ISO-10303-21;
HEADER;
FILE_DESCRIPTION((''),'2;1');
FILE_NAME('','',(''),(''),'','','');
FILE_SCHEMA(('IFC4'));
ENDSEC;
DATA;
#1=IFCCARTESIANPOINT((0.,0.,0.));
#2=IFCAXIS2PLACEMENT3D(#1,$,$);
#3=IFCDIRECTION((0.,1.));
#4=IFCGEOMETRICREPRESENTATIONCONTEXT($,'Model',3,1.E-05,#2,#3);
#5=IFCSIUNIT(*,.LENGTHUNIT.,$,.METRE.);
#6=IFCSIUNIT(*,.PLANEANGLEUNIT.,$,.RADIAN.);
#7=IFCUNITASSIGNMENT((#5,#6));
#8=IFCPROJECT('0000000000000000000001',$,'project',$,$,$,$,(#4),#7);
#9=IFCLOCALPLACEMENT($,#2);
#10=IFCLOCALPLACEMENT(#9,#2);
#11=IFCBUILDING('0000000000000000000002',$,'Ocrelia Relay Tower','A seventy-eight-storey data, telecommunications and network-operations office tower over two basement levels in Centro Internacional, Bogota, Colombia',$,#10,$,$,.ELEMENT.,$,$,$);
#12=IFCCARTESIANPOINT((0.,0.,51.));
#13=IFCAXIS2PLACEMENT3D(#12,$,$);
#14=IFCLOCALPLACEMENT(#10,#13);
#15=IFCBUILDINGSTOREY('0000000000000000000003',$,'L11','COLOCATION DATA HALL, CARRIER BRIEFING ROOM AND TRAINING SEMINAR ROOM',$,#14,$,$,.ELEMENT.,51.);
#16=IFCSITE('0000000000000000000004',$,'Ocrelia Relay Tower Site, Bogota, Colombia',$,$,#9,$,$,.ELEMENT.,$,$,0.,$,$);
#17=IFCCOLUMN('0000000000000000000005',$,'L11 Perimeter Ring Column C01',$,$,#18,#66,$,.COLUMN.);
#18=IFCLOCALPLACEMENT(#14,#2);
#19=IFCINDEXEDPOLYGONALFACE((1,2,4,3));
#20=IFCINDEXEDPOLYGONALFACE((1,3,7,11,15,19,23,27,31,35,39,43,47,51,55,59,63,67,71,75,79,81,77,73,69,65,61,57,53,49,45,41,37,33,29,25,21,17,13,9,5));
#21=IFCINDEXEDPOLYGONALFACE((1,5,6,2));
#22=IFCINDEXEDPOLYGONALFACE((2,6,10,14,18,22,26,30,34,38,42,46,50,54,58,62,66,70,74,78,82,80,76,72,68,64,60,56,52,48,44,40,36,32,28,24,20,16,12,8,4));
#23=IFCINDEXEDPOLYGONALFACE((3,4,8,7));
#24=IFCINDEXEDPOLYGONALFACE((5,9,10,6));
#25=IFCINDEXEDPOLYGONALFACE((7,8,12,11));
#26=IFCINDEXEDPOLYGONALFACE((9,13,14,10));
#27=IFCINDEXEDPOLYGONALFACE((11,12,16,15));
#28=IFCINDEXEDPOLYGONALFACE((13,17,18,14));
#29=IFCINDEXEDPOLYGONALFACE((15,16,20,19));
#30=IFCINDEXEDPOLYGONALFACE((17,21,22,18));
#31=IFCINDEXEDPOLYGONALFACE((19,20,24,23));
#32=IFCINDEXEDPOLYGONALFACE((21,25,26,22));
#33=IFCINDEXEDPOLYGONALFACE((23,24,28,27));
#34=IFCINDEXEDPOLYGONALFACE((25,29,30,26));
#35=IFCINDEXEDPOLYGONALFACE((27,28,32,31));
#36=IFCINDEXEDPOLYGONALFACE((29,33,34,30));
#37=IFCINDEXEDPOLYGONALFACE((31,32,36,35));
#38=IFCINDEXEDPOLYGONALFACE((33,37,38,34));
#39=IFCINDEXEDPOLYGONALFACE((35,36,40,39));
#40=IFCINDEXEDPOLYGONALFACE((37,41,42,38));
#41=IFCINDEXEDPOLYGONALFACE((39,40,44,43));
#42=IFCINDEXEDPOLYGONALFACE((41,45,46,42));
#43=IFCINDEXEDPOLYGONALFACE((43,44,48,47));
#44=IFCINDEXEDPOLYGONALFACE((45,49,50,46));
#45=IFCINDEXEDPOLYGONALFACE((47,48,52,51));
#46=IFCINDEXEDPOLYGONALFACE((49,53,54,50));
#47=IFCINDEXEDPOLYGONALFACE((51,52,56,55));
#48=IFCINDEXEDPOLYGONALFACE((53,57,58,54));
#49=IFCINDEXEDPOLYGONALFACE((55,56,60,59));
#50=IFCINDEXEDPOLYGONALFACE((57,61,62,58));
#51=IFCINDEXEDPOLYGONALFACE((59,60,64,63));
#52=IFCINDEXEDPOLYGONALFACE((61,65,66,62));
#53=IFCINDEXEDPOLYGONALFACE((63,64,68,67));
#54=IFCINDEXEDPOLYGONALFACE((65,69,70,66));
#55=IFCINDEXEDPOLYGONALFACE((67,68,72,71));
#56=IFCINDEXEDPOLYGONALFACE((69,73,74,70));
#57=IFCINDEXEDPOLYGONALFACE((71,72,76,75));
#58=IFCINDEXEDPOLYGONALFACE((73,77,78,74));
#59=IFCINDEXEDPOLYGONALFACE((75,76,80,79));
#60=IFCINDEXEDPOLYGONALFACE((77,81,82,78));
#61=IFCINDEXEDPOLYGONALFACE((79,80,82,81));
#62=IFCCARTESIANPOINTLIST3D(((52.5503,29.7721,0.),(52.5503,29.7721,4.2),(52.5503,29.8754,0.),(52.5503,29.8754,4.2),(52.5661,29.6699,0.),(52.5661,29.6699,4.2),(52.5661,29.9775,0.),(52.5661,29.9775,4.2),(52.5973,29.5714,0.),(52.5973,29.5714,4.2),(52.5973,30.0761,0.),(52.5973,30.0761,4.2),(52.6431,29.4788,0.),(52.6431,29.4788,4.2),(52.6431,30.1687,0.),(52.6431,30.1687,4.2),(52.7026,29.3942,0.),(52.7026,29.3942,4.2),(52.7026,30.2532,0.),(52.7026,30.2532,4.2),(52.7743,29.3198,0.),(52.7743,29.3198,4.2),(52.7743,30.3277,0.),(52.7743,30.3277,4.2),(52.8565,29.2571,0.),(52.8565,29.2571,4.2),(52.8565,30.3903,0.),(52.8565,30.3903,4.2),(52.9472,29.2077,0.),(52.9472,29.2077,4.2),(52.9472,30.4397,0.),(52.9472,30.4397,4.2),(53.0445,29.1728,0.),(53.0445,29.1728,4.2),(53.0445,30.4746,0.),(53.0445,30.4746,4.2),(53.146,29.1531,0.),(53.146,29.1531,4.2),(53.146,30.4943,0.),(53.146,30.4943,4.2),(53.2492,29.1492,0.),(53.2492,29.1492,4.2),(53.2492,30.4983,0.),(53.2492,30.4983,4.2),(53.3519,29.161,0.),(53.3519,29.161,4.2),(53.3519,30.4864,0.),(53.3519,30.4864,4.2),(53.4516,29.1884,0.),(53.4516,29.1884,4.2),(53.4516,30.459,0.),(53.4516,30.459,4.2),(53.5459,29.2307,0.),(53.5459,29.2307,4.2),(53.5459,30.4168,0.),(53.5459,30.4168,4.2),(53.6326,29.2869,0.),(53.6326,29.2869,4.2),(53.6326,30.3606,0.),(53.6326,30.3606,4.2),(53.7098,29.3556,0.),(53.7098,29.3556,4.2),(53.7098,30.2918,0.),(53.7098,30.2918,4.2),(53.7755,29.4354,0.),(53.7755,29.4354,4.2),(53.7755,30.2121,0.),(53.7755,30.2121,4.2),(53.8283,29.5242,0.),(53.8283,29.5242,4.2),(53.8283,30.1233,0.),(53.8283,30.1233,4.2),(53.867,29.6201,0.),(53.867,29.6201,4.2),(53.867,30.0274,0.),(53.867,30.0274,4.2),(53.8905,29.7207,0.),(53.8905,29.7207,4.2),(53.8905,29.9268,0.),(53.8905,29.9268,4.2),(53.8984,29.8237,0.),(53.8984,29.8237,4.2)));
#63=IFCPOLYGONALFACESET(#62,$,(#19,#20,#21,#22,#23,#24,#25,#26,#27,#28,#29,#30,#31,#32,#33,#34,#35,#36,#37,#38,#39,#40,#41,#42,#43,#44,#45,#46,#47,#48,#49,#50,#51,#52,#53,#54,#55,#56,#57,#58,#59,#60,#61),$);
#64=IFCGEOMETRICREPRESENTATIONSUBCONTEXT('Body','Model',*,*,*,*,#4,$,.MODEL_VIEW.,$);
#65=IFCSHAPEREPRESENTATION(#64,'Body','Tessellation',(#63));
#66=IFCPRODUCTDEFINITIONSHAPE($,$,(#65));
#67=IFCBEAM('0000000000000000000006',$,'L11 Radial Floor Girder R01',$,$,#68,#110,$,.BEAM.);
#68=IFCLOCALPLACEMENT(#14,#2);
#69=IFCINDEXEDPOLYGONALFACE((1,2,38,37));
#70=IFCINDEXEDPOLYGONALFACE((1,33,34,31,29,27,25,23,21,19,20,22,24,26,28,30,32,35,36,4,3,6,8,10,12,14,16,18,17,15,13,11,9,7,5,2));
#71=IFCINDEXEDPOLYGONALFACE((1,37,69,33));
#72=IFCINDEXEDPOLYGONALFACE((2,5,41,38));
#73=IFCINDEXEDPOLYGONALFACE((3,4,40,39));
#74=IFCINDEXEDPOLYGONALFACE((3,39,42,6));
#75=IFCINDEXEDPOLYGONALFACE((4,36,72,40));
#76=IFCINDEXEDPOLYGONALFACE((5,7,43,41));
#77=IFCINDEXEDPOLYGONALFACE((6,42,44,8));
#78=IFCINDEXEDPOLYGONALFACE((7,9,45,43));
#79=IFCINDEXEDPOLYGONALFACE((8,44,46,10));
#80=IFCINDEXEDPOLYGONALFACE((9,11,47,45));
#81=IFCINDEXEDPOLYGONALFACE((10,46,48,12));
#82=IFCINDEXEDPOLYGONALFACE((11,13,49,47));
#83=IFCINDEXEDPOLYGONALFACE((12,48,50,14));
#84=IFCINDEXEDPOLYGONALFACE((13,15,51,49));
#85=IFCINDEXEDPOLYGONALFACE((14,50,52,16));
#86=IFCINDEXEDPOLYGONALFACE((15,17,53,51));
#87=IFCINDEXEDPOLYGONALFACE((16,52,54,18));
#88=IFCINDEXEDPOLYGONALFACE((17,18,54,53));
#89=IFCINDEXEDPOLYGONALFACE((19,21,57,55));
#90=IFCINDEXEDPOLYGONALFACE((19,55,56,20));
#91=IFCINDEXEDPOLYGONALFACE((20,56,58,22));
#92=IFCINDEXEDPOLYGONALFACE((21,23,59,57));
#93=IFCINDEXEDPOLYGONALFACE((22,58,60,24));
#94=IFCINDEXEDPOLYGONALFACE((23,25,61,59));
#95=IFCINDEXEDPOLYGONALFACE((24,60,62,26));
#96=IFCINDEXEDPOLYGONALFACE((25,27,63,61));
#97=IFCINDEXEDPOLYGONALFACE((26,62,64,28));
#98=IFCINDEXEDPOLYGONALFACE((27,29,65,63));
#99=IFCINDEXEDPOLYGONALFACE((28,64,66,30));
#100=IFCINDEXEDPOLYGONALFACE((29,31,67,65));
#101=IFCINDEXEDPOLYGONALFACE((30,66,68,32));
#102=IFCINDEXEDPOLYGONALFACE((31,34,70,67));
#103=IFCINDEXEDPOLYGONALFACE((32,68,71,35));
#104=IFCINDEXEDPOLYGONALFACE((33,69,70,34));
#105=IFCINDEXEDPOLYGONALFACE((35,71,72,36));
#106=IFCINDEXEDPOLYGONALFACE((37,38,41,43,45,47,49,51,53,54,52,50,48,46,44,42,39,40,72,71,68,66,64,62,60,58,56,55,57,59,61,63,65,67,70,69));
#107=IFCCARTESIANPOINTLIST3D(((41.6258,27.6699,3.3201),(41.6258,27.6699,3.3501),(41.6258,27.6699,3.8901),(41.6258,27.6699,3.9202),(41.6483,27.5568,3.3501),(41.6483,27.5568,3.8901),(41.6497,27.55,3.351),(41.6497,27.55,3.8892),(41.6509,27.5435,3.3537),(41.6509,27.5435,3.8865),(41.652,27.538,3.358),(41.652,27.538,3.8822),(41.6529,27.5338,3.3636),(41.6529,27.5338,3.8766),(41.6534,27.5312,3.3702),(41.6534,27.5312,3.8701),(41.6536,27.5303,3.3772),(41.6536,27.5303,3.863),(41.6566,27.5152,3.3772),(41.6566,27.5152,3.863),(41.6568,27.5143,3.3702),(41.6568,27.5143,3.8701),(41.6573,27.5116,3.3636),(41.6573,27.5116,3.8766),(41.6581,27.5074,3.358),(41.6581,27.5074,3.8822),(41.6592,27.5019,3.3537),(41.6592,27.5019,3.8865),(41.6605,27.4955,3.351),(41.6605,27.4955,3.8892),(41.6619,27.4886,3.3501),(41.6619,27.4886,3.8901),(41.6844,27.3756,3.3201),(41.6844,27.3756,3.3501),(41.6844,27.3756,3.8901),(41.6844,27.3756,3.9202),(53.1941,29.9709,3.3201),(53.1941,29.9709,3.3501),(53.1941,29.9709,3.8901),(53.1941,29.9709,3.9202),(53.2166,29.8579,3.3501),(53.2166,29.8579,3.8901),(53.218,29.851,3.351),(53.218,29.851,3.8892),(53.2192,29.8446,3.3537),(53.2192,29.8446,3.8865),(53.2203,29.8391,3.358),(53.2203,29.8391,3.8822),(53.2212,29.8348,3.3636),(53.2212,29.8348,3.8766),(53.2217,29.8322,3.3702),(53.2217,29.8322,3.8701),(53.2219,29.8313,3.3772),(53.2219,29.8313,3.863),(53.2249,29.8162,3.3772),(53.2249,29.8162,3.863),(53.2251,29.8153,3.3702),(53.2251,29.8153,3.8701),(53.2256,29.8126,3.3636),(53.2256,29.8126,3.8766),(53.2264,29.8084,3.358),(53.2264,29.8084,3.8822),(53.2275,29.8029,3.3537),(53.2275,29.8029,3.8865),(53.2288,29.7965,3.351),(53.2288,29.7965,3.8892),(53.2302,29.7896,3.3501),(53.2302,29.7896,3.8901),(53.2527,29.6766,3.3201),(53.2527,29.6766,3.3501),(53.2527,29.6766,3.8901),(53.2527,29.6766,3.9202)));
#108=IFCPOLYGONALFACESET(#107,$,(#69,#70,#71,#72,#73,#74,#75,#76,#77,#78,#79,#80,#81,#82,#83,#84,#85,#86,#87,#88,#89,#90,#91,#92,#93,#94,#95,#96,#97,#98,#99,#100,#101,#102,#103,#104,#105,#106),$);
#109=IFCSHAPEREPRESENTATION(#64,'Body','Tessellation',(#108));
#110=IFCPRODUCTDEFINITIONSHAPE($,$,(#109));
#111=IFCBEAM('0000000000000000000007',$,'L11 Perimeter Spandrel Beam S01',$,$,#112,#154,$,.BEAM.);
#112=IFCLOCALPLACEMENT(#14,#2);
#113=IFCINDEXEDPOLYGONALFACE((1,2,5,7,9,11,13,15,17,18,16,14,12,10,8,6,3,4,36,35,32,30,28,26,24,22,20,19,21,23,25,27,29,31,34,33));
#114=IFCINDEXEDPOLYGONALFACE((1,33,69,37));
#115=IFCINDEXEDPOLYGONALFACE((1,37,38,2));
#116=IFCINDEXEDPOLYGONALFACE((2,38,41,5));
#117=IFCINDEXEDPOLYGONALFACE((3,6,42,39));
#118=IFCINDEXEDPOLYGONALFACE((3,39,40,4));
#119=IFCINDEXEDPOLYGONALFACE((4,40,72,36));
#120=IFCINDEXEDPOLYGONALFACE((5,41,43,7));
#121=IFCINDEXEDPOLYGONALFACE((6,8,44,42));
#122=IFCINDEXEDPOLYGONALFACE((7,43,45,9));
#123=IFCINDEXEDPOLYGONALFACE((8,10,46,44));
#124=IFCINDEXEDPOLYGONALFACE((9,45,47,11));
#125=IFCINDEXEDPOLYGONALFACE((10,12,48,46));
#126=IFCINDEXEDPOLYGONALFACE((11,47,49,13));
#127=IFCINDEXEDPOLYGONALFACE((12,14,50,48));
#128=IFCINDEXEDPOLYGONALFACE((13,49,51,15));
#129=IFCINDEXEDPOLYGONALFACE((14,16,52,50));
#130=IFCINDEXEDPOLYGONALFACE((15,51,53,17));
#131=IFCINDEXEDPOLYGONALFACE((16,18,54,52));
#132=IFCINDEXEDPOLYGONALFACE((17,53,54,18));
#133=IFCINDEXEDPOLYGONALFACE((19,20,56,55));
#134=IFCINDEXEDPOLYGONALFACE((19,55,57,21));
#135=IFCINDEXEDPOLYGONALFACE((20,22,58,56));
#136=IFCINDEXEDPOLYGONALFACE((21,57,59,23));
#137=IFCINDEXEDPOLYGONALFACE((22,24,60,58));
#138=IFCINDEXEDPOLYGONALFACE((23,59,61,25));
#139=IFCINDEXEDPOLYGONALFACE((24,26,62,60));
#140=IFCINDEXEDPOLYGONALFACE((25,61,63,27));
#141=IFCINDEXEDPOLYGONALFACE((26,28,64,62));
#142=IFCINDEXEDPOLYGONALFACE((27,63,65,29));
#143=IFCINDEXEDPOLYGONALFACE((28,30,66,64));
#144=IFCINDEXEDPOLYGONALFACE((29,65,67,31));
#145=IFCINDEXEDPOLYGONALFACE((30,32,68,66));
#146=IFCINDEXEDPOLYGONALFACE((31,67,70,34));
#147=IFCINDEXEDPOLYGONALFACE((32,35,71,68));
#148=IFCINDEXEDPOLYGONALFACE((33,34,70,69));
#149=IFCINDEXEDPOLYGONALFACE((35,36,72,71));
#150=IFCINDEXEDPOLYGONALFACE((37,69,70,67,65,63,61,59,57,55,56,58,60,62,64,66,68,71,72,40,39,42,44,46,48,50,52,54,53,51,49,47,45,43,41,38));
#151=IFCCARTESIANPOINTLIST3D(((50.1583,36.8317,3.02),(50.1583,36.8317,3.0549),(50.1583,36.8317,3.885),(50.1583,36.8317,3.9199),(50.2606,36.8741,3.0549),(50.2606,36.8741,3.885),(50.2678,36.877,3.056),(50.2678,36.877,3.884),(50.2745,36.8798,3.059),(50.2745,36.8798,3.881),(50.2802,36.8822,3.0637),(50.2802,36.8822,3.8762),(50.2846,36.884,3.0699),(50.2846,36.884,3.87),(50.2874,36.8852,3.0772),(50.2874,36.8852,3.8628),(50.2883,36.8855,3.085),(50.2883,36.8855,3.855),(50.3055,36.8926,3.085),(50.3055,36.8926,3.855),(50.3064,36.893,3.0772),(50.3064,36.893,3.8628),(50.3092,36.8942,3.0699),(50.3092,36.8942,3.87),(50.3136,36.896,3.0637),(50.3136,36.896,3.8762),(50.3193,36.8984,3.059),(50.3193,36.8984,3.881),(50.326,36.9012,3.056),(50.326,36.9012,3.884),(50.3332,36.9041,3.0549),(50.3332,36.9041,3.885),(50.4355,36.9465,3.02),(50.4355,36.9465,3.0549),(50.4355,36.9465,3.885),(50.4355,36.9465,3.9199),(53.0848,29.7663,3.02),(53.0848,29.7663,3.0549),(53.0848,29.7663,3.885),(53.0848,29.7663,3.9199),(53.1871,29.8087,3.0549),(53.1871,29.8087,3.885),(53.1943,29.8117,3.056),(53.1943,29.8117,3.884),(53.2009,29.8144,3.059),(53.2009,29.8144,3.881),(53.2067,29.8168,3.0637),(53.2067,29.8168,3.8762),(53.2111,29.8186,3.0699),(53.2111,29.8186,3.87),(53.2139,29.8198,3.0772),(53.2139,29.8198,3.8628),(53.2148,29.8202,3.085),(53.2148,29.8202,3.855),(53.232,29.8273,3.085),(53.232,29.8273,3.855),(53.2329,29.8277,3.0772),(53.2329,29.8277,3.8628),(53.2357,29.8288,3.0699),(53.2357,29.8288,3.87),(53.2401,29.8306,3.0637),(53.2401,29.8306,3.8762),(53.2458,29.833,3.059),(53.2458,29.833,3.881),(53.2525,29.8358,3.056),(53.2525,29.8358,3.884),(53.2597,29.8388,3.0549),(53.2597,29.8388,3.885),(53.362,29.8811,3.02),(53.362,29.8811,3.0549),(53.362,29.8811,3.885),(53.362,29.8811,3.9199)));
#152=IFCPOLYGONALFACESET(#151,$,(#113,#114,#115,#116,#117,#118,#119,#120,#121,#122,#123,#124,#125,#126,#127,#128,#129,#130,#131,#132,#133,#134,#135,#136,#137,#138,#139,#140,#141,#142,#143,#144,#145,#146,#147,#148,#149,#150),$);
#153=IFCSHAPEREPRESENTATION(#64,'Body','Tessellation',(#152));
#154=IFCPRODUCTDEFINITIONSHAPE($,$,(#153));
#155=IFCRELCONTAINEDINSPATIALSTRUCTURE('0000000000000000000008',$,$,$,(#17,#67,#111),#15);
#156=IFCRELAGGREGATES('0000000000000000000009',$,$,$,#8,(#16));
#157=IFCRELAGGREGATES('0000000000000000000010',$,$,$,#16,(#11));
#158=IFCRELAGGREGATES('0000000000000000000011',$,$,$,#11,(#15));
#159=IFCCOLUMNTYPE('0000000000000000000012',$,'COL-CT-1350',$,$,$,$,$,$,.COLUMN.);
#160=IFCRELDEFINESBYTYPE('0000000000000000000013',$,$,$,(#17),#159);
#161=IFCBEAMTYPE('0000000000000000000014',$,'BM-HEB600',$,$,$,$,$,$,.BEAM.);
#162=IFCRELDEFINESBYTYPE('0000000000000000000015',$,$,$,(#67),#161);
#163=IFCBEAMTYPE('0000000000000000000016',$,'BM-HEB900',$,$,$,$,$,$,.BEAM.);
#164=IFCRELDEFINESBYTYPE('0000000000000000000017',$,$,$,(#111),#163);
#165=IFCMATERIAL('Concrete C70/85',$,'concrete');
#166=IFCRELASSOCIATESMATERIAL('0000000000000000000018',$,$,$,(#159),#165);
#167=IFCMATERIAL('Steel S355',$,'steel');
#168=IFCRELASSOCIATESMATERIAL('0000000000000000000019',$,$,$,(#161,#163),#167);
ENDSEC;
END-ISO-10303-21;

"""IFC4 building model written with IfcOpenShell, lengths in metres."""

from ifc_helpers import new_model, si_unit, direction, frame, origin, origin_2d, place, context, subcontext, project, spatial, circle, i_section, extrude, material, material_profile, profile_set, type_object, element, save


model = new_model("IFC4")

# Units and contexts
model_context = context("Model", 3, precision=1e-05, world=origin(), true_north=direction((0.0, 1.0)))
body_context = subcontext(model_context, "Body", "Model", "MODEL_VIEW")
ifc_project = project(units=[si_unit("LENGTHUNIT", "METRE"), si_unit("PLANEANGLEUNIT", "RADIAN")], contexts=[model_context])

# Site, building, storey
site_placement = place(None, origin())
site = spatial("IfcSite", under=ifc_project, at=site_placement, Name="Ocrelia Relay Tower Site, Bogota, Colombia", CompositionType="ELEMENT", RefElevation=0.0)
building_placement = place(site_placement, origin())
building = spatial("IfcBuilding", under=site, at=building_placement, Name="Ocrelia Relay Tower", Description="A seventy-eight-storey data, telecommunications and network-operations office tower over two basement levels in Centro Internacional, Bogota, Colombia", CompositionType="ELEMENT")
storey_placement = place(building_placement, frame((0.0, 0.0, 51.0)))
storey = spatial("IfcBuildingStorey", under=building, at=storey_placement, Name="L11", Description="COLOCATION DATA HALL, CARRIER BRIEFING ROOM AND TRAINING SEMINAR ROOM", CompositionType="ELEMENT", Elevation=51.0)

# Column
ifc_material_1 = material(Name="Concrete C70/85", Category="concrete")
ifc_material_profile_1 = material_profile(ifc_material_1, circle(Radius=0.675, at=origin_2d()), Name="RC-CIR-1350")
ifc_profile_set_1 = profile_set([ifc_material_profile_1], Name="Concrete C70/85")
column_type = type_object("IfcColumnType", Name="COL-CT-1350", PredefinedType="COLUMN", material=ifc_profile_set_1)
column_placement = place(storey_placement, frame((53.2234, 29.8237, 0.0), z_axis=(0.0, 0.0, 1.0), x_axis=(1.0, 0.0, 0.0)))
element("IfcColumn", 1, at=column_placement, inside=storey, type_object=column_type, Name="L11 Perimeter Ring Column C01", PredefinedType="COLUMN", context=body_context, shape_type="SweptSolid", body=[
    extrude(circle(Radius=0.675, at=origin_2d()), origin(), (0.0, 0.0, 1.0), 4.2),
])

# Beams
ifc_material_2 = material(Name="Steel S355", Category="steel")
ifc_material_profile_2 = material_profile(ifc_material_2, i_section(OverallWidth=0.3, OverallDepth=0.6001, WebThickness=0.0154, FlangeThickness=0.03, FilletRadius=0.0271, at=origin_2d()), Name="HEB 600")
ifc_profile_set_2 = profile_set([ifc_material_profile_2], Name="Steel S355")
beam_type_1 = type_object("IfcBeamType", Name="BM-HEB600", PredefinedType="BEAM", material=ifc_profile_set_2)
beam_1_placement = place(storey_placement, frame((53.2234, 29.8237, 3.6201), z_axis=(-0.980786, -0.195085, 0.0), x_axis=(0.195085, -0.980786, 0.0)))
element("IfcBeam", 2, at=beam_1_placement, inside=storey, type_object=beam_type_1, Name="L11 Radial Floor Girder R01", PredefinedType="BEAM", context=body_context, shape_type="SweptSolid", body=[
    extrude(i_section(OverallWidth=0.3, OverallDepth=0.6001, WebThickness=0.0154, FlangeThickness=0.03, FilletRadius=0.0271, at=origin_2d()), origin(), (0.0, 0.0, 1.0), 11.7949),
])
ifc_material_profile_3 = material_profile(ifc_material_2, i_section(OverallWidth=0.3, OverallDepth=0.8999, WebThickness=0.0186, FlangeThickness=0.0349, FilletRadius=0.03, at=origin_2d()), Name="HEB 900")
ifc_profile_set_3 = profile_set([ifc_material_profile_3], Name="Steel S355")
beam_type_2 = type_object("IfcBeamType", Name="BM-HEB900", PredefinedType="BEAM", material=ifc_profile_set_3)
beam_2_placement = place(storey_placement, frame((53.2234, 29.8237, 3.47), z_axis=(-0.382674, 0.923883, 0.0), x_axis=(-0.923883, -0.382674, 0.0)))
element("IfcBeam", 3, at=beam_2_placement, inside=storey, type_object=beam_type_2, Name="L11 Perimeter Spandrel Beam S01", PredefinedType="BEAM", context=body_context, shape_type="SweptSolid", body=[
    extrude(i_section(OverallWidth=0.3, OverallDepth=0.8999, WebThickness=0.0186, FlangeThickness=0.0349, FilletRadius=0.03, at=origin_2d()), origin(), (0.0, 0.0, 1.0), 7.6475),
])

save(model, "model.ifc")
